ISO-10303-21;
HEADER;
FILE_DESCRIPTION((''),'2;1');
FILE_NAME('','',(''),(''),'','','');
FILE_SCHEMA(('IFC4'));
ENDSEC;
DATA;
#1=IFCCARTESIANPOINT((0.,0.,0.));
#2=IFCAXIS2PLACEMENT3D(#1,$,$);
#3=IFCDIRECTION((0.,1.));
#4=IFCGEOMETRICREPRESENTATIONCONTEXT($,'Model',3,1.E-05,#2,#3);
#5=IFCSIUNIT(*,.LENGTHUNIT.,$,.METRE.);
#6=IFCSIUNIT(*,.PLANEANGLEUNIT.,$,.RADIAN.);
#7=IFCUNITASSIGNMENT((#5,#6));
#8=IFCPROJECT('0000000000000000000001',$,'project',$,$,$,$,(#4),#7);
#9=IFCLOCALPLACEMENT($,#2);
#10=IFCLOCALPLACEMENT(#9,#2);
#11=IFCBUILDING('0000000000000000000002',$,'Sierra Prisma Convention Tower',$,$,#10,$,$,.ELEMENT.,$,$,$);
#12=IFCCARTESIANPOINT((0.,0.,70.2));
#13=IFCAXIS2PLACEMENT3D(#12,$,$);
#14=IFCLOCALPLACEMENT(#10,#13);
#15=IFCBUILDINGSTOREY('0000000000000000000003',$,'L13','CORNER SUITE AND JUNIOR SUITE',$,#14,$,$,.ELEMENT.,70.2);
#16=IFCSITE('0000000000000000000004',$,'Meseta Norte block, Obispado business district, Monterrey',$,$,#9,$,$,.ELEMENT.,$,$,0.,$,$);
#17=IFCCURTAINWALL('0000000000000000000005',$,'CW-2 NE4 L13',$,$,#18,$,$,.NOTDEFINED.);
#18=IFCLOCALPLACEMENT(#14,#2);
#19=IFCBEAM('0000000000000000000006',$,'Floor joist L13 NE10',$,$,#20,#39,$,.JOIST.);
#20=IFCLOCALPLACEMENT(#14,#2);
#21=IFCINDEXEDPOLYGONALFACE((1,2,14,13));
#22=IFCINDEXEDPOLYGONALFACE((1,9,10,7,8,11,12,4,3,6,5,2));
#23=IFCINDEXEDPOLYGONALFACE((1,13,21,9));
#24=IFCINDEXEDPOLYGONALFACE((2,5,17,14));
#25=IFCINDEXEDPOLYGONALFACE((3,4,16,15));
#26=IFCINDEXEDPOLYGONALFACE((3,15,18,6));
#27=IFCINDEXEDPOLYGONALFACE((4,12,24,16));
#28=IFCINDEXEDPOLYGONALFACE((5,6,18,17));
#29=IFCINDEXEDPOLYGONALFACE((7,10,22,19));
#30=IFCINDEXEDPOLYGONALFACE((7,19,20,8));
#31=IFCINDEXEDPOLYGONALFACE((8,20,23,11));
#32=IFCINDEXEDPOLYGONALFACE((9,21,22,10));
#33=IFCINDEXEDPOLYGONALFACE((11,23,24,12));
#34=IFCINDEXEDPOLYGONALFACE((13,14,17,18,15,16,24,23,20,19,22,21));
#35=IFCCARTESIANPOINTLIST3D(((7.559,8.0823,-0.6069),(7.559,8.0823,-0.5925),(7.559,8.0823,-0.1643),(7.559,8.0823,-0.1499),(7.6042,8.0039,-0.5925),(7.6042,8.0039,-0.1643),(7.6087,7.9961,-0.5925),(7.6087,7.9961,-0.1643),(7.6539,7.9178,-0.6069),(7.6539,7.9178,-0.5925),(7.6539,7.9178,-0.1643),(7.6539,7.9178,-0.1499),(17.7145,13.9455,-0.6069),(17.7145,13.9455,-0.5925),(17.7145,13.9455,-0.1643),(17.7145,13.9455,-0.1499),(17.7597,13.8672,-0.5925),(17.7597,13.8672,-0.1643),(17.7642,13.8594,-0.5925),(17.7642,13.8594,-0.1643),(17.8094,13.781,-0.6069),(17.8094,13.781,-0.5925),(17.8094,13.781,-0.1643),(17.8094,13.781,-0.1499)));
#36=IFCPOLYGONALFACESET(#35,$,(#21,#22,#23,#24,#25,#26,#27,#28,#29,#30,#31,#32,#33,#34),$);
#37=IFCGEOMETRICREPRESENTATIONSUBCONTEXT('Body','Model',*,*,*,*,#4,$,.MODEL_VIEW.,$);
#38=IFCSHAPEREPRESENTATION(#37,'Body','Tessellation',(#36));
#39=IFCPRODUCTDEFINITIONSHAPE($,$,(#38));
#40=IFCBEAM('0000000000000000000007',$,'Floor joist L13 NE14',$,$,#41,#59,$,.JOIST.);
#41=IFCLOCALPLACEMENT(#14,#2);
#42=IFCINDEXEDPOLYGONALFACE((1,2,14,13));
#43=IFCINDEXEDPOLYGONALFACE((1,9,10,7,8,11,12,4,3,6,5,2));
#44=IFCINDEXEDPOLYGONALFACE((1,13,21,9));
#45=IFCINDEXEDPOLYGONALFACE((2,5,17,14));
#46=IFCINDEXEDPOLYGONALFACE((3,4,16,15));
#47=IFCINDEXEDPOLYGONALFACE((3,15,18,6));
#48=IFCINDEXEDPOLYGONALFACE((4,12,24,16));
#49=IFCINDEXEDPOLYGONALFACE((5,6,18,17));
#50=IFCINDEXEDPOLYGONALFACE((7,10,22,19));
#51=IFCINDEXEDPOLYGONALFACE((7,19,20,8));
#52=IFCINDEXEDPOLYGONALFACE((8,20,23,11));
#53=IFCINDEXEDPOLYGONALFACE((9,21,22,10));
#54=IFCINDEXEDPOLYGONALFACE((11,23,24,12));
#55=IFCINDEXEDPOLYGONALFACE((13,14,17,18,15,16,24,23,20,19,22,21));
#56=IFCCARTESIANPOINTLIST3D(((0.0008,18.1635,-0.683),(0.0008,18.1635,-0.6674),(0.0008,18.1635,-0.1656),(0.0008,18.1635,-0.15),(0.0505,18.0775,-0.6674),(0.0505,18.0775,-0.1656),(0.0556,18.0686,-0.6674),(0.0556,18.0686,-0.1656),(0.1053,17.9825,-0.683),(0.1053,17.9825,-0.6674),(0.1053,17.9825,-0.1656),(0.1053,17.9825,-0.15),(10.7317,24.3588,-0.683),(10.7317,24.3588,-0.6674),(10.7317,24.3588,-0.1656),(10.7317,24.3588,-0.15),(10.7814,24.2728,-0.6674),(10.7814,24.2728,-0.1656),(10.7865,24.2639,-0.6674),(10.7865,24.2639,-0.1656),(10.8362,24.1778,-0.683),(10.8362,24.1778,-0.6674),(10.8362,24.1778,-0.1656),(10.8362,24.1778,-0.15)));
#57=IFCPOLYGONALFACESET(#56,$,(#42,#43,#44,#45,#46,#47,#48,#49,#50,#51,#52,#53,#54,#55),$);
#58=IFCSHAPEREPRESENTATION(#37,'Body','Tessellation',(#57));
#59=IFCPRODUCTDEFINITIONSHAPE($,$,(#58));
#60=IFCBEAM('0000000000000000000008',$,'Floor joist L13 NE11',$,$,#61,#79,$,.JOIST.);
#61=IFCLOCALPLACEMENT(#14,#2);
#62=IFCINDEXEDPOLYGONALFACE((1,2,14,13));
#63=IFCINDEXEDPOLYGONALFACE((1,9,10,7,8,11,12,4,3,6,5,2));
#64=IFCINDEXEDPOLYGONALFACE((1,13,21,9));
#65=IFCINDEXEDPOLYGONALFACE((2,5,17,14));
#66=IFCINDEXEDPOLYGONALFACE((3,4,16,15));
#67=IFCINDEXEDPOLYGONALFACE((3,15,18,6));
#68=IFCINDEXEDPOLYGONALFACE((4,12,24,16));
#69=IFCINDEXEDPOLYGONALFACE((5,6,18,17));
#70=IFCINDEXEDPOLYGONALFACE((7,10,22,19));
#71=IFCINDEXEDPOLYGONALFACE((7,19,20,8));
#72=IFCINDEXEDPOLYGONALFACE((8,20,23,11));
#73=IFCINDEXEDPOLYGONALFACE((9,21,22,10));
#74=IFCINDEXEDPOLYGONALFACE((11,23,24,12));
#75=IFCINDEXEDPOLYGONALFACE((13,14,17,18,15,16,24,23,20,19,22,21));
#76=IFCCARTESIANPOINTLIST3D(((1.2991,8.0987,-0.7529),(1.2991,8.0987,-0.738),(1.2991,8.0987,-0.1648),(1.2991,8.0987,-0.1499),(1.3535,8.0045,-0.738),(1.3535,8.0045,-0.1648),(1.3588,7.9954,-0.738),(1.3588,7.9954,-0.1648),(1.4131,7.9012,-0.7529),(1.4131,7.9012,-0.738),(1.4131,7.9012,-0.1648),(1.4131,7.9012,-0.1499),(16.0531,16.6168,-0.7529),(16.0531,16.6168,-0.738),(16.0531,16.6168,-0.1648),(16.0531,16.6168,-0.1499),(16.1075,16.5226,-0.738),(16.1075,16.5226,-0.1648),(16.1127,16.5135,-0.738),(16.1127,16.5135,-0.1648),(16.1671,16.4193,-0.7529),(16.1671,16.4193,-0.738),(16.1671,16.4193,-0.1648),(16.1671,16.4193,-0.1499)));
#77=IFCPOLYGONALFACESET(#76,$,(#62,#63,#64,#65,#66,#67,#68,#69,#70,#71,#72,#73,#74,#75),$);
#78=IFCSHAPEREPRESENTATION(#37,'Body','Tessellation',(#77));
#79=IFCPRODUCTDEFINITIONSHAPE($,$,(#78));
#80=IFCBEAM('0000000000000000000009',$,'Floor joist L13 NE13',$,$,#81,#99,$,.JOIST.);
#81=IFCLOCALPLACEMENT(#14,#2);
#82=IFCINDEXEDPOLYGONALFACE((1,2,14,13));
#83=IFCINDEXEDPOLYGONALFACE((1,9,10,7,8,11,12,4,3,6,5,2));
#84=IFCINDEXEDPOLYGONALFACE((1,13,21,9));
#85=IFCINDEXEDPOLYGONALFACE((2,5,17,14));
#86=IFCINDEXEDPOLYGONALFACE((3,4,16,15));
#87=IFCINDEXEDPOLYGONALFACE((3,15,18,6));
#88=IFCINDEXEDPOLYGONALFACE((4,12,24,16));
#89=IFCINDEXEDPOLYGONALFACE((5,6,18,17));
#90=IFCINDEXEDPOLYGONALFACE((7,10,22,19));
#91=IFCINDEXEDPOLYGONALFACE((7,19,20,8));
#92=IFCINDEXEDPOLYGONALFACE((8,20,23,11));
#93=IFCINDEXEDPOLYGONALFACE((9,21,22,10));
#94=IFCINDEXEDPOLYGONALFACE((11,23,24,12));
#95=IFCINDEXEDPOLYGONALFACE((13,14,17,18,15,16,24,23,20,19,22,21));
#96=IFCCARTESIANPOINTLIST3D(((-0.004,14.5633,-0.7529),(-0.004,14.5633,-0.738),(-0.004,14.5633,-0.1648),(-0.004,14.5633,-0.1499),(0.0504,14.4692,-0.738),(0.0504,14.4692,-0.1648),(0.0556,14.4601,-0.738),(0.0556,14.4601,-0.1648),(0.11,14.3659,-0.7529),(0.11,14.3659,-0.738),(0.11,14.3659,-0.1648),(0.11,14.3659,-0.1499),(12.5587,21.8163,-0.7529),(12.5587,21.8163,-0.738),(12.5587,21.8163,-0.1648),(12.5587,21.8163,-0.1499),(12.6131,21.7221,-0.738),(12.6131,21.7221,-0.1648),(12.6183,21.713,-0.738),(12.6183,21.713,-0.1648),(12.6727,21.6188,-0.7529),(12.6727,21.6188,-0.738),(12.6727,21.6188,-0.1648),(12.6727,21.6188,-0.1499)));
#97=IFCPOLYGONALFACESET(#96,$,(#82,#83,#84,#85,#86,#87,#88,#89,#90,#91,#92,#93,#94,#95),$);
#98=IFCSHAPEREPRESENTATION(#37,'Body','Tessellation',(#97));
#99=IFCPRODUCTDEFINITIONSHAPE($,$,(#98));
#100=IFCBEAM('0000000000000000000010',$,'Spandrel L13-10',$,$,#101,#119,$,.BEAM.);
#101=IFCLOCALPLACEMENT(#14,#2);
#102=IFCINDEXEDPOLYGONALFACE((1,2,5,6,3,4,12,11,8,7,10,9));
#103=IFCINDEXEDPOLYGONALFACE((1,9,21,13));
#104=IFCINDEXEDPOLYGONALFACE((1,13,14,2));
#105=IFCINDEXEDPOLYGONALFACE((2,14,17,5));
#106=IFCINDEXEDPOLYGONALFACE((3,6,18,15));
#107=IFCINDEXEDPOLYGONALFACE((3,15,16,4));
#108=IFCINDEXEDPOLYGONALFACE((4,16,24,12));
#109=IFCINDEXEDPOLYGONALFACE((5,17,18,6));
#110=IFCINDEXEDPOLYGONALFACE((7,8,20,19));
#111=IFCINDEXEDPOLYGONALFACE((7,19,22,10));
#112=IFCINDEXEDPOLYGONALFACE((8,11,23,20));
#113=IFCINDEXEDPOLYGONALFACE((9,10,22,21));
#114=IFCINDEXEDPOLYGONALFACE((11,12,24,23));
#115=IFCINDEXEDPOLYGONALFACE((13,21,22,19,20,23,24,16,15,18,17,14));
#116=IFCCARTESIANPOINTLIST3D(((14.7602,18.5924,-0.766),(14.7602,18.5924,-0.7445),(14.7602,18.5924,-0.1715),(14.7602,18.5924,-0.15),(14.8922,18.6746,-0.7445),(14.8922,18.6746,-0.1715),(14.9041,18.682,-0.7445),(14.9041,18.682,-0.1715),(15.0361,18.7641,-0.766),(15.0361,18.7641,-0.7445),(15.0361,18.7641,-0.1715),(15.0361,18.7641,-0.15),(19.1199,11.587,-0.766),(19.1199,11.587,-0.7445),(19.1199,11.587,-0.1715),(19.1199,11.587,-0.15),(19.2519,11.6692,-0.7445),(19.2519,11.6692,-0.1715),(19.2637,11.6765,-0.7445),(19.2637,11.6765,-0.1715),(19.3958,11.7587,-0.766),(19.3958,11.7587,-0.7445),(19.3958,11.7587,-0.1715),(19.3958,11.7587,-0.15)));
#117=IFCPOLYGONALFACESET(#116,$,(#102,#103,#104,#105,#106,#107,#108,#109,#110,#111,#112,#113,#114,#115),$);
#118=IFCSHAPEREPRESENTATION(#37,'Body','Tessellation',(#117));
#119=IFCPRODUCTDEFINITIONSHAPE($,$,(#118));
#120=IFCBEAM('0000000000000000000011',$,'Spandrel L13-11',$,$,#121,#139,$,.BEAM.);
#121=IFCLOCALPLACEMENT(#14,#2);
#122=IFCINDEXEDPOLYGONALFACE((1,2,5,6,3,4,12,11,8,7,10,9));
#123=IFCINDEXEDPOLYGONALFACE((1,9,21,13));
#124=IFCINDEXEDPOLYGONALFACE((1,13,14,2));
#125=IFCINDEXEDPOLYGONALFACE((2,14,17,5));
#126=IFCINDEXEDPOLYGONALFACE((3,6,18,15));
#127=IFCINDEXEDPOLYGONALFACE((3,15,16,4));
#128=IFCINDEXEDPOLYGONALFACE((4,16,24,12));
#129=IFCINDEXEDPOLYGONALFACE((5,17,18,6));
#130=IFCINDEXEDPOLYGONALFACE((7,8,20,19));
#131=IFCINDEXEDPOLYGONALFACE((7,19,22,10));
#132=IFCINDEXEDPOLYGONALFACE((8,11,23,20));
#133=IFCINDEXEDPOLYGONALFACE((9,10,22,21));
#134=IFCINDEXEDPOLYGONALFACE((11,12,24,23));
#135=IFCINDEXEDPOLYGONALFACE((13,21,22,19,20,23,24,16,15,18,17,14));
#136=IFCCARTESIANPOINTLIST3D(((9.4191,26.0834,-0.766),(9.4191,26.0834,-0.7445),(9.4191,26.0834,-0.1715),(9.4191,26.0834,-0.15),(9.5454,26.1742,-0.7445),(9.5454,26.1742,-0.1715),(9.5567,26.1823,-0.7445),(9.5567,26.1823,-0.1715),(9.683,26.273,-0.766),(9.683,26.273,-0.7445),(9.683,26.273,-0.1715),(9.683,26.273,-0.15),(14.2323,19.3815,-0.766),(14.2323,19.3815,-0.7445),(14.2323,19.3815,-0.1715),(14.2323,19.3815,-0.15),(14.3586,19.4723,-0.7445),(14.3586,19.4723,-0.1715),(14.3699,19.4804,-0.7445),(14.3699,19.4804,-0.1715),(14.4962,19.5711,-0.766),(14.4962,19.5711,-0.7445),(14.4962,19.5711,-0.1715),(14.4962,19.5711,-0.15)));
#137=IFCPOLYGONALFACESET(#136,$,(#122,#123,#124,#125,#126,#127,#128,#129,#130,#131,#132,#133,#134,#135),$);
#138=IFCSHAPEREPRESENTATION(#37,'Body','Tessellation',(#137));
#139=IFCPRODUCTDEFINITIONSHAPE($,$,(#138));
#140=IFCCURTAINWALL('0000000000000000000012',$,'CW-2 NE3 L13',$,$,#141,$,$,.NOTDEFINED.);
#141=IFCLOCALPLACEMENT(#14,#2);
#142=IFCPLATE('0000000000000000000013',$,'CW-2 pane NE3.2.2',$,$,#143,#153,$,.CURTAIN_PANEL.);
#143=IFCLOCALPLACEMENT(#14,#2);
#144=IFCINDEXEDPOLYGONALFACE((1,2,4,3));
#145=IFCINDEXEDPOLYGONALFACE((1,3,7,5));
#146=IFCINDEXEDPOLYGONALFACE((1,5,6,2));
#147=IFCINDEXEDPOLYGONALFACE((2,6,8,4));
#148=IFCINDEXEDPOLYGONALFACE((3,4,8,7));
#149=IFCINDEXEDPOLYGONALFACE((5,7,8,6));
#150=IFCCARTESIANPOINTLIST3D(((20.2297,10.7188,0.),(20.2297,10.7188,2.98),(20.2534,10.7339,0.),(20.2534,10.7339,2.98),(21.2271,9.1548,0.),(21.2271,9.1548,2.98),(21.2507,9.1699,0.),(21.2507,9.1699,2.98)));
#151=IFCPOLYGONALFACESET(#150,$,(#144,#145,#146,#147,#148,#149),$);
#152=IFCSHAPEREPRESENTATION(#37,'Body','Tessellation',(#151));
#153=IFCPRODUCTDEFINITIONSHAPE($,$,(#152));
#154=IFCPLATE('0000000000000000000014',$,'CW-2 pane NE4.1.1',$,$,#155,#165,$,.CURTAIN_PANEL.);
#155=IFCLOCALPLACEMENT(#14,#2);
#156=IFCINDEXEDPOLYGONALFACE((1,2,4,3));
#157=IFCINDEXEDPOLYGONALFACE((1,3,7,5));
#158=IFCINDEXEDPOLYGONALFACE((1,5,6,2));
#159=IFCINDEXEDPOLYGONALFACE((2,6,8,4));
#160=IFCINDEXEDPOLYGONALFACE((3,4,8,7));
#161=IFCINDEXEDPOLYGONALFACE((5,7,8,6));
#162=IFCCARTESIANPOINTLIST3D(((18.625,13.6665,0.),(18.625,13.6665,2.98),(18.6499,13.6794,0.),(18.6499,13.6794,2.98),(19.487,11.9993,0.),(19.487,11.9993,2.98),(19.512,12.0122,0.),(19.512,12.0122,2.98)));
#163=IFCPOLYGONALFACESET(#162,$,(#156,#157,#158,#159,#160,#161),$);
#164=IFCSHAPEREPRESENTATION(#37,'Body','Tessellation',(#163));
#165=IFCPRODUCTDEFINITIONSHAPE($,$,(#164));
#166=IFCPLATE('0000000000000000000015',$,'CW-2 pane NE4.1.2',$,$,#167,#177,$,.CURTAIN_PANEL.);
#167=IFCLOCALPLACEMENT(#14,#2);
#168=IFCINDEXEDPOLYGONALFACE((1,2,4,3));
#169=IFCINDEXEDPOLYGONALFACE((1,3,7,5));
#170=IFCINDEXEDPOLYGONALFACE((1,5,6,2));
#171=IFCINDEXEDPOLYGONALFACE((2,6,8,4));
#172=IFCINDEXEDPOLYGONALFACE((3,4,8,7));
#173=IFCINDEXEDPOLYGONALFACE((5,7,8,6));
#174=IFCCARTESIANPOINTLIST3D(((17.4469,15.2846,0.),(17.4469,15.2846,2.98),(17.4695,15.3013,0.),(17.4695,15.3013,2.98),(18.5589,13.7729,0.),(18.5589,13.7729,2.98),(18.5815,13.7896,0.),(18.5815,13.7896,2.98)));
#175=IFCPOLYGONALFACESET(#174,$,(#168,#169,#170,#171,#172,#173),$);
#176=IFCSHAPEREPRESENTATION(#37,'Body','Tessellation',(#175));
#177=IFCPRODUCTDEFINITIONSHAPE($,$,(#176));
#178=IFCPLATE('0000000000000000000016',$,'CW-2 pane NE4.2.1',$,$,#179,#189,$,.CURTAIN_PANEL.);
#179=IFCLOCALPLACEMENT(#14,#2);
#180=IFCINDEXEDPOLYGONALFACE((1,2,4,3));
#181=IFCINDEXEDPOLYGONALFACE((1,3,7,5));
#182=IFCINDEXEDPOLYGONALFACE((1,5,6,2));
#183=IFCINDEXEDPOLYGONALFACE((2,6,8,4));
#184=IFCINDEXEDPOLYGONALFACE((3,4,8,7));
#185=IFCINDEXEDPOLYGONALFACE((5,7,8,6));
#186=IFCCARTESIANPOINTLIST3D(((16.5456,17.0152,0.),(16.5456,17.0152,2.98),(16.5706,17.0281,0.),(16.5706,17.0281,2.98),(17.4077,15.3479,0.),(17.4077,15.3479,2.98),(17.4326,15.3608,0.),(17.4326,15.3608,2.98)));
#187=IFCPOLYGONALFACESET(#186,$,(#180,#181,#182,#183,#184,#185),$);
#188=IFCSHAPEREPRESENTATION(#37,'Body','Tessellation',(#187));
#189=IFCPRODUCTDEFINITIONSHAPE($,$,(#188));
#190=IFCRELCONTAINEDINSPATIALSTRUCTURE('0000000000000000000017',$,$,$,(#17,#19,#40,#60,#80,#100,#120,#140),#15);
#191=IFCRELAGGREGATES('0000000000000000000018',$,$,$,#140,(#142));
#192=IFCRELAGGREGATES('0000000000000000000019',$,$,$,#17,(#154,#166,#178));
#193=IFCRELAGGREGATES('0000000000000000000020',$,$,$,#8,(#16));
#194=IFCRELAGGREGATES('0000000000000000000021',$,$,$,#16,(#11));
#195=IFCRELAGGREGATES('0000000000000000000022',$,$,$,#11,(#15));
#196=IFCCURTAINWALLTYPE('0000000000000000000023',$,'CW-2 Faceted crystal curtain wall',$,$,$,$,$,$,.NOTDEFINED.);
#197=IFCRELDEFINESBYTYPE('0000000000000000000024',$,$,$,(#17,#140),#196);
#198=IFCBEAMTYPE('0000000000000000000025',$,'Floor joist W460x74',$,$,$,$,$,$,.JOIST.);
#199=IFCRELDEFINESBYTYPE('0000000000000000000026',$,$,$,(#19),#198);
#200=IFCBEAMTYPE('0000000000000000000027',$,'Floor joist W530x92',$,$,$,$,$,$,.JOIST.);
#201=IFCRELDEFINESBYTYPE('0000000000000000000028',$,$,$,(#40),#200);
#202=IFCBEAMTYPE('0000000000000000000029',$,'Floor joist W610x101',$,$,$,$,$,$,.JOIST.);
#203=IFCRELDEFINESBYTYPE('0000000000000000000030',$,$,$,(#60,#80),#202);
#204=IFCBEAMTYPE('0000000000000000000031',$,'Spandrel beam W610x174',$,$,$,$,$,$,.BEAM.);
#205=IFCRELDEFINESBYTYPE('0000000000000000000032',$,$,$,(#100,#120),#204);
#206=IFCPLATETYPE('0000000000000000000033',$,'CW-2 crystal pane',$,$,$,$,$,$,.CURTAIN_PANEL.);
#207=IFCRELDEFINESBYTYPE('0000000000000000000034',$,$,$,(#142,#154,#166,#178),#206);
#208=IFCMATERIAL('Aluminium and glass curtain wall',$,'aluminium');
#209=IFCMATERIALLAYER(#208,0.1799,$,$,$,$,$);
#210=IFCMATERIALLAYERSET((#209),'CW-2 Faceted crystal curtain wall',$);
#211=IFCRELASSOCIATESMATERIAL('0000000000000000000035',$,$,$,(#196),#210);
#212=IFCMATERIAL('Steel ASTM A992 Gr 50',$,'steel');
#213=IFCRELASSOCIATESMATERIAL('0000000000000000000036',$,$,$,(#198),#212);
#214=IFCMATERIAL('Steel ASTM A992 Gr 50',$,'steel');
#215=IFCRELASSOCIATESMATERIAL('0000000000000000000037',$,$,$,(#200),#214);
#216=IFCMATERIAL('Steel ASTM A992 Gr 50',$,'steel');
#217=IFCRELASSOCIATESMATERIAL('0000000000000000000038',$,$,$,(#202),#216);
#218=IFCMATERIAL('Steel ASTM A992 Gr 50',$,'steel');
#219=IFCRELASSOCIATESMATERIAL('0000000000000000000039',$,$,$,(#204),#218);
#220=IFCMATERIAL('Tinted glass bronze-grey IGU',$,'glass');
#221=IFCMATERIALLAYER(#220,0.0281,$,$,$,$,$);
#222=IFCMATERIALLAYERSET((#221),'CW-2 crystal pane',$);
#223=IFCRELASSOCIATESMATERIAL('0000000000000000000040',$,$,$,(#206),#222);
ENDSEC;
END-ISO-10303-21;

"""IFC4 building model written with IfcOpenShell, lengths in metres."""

from ifc_helpers import new_model, si_unit, direction, frame, origin, origin_2d, place, context, subcontext, project, spatial, polyline, i_section, outline, extrude, material, layer, layer_set, material_profile, profile_set, type_object, element, aggregate, save


model = new_model("IFC4")

# Units and contexts
model_context = context("Model", 3, precision=1e-05, world=origin(), true_north=direction((0.0, 1.0)))
body_context = subcontext(model_context, "Body", "Model", "MODEL_VIEW")
ifc_project = project(units=[si_unit("LENGTHUNIT", "METRE"), si_unit("PLANEANGLEUNIT", "RADIAN")], contexts=[model_context])

# Site, building, storey
site_placement = place(None, origin())
site = spatial("IfcSite", under=ifc_project, at=site_placement, Name="Meseta Norte block, Obispado business district, Monterrey", CompositionType="ELEMENT", RefElevation=0.0)
building_placement = place(site_placement, origin())
building = spatial("IfcBuilding", under=site, at=building_placement, Name="Sierra Prisma Convention Tower", CompositionType="ELEMENT")
storey_placement = place(building_placement, frame((0.0, 0.0, 70.2)))
storey = spatial("IfcBuildingStorey", under=building, at=storey_placement, Name="L13", Description="CORNER SUITE AND JUNIOR SUITE", CompositionType="ELEMENT", Elevation=70.2)

# Curtain wall
ifc_material_1 = material(Name="Aluminium and glass curtain wall", Category="aluminium")
ifc_layer_1 = layer(ifc_material_1, 0.1799)
ifc_layer_set_1 = layer_set([ifc_layer_1], Name="CW-2 Faceted crystal curtain wall")
curtain_wall_type = type_object("IfcCurtainWallType", Name="CW-2 Faceted crystal curtain wall", PredefinedType="NOTDEFINED", material=ifc_layer_set_1)
curtain_wall_1_placement = place(storey_placement, origin())
curtain_wall_1 = element("IfcCurtainWall", 1, at=curtain_wall_1_placement, inside=storey, type_object=curtain_wall_type, Name="CW-2 NE4 L13", PredefinedType="NOTDEFINED")

# Beams
ifc_material_2 = material(Name="Steel ASTM A992 Gr 50", Category="steel")
ifc_material_profile_1 = material_profile(ifc_material_2, i_section(OverallWidth=0.1899, OverallDepth=0.457, WebThickness=0.009, FlangeThickness=0.0144, at=origin_2d()), Name="W460x74")
ifc_profile_set_1 = profile_set([ifc_material_profile_1], Name="Steel ASTM A992 Gr 50")
beam_type_1 = type_object("IfcBeamType", Name="Floor joist W460x74", PredefinedType="JOIST", material=ifc_profile_set_1)
beam_1_placement = place(storey_placement, frame((17.762, 13.8633, -0.3784), z_axis=(-0.866026, -0.499999, 0.0), x_axis=(0.499999, -0.866026, 0.0)))
element("IfcBeam", 2, at=beam_1_placement, inside=storey, type_object=beam_type_1, Name="Floor joist L13 NE10", PredefinedType="JOIST", context=body_context, shape_type="SweptSolid", body=[
    extrude(i_section(OverallWidth=0.1899, OverallDepth=0.457, WebThickness=0.009, FlangeThickness=0.0144, at=origin_2d()), origin(), (0.0, 0.0, 1.0), 11.7266),
])
ifc_material_3 = material(Name="Steel ASTM A992 Gr 50", Category="steel")
ifc_material_profile_2 = material_profile(ifc_material_3, i_section(OverallWidth=0.209, OverallDepth=0.533, WebThickness=0.0103, FlangeThickness=0.0156, at=origin_2d()), Name="W530x92")
ifc_profile_set_2 = profile_set([ifc_material_profile_2], Name="Steel ASTM A992 Gr 50")
beam_type_2 = type_object("IfcBeamType", Name="Floor joist W530x92", PredefinedType="JOIST", material=ifc_profile_set_2)
beam_2_placement = place(storey_placement, frame((10.7839, 24.2683, -0.4165), z_axis=(-0.866033, -0.499987, 0.0), x_axis=(0.499987, -0.866033, 0.0)))
element("IfcBeam", 3, at=beam_2_placement, inside=storey, type_object=beam_type_2, Name="Floor joist L13 NE14", PredefinedType="JOIST", context=body_context, shape_type="SweptSolid", body=[
    extrude(i_section(OverallWidth=0.209, OverallDepth=0.533, WebThickness=0.0103, FlangeThickness=0.0156, at=origin_2d()), origin(), (0.0, 0.0, 1.0), 12.3909),
])
ifc_material_4 = material(Name="Steel ASTM A992 Gr 50", Category="steel")
ifc_material_profile_3 = material_profile(ifc_material_4, i_section(OverallWidth=0.228, OverallDepth=0.603, WebThickness=0.0105, FlangeThickness=0.0149, at=origin_2d()), Name="W610x101")
ifc_profile_set_3 = profile_set([ifc_material_profile_3], Name="Steel ASTM A992 Gr 50")
beam_type_3 = type_object("IfcBeamType", Name="Floor joist W610x101", PredefinedType="JOIST", material=ifc_profile_set_3)
beam_3_placement = place(storey_placement, frame((16.1101, 16.5181, -0.4514), z_axis=(-0.866028, -0.499995, 0.0), x_axis=(0.499995, -0.866028, 0.0)))
element("IfcBeam", 4, at=beam_3_placement, inside=storey, type_object=beam_type_3, Name="Floor joist L13 NE11", PredefinedType="JOIST", context=body_context, shape_type="SweptSolid", body=[
    extrude(i_section(OverallWidth=0.228, OverallDepth=0.603, WebThickness=0.0105, FlangeThickness=0.0149, at=origin_2d()), origin(), (0.0, 0.0, 1.0), 17.0364),
])
beam_4_placement = place(storey_placement, frame((12.6157, 21.7175, -0.4514), z_axis=(-0.866031, -0.499991, 0.0), x_axis=(0.499991, -0.866031, 0.0)))
element("IfcBeam", 5, at=beam_4_placement, inside=storey, type_object=beam_type_3, Name="Floor joist L13 NE13", PredefinedType="JOIST", context=body_context, shape_type="SweptSolid", body=[
    extrude(i_section(OverallWidth=0.228, OverallDepth=0.603, WebThickness=0.0105, FlangeThickness=0.0149, at=origin_2d()), origin(), (0.0, 0.0, 1.0), 14.5061),
])
ifc_material_5 = material(Name="Steel ASTM A992 Gr 50", Category="steel")
ifc_material_profile_4 = material_profile(ifc_material_5, i_section(OverallWidth=0.325, OverallDepth=0.616, WebThickness=0.0139, FlangeThickness=0.0215, at=origin_2d()), Name="W610x174")
ifc_profile_set_4 = profile_set([ifc_material_profile_4], Name="Steel ASTM A992 Gr 50")
beam_type_4 = type_object("IfcBeamType", Name="Spandrel beam W610x174", PredefinedType="BEAM", material=ifc_profile_set_4)
for number, where, z_axis, x_axis, name in (
    (6, (19.2578, 11.6729, -0.458), (-0.528365, 0.849017, 0.0), (-0.849017, -0.528365, 0.0), "Spandrel L13-10"),
    (7, (14.3643, 19.4763, -0.458), (-0.583335, 0.812231, 0.0), (-0.812231, -0.583335, 0.0), "Spandrel L13-11"),
):
    element("IfcBeam", number, at=place(storey_placement, frame(where, z_axis=z_axis, x_axis=x_axis)), inside=storey, type_object=beam_type_4, Name=name, PredefinedType="BEAM", context=body_context, shape_type="SweptSolid", body=[
        extrude(i_section(OverallWidth=0.325, OverallDepth=0.616, WebThickness=0.0139, FlangeThickness=0.0215, at=origin_2d()), origin(), (0.0, 0.0, 1.0), 8.2512),
    ])

# Curtain wall, plate
curtain_wall_2_placement = place(storey_placement, origin())
curtain_wall_2 = element("IfcCurtainWall", 8, at=curtain_wall_2_placement, inside=storey, type_object=curtain_wall_type, Name="CW-2 NE3 L13", PredefinedType="NOTDEFINED")
ifc_material_6 = material(Name="Tinted glass bronze-grey IGU", Category="glass")
ifc_layer_2 = layer(ifc_material_6, 0.0281)
ifc_layer_set_2 = layer_set([ifc_layer_2], Name="CW-2 crystal pane")
plate_type = type_object("IfcPlateType", Name="CW-2 crystal pane", PredefinedType="CURTAIN_PANEL", material=ifc_layer_set_2)
plate_1_placement = place(storey_placement, frame((20.2534, 10.7339, 0.0), z_axis=(0.843157, 0.537667, 0.0), x_axis=(0.537667, -0.843157, 0.0)))
plate_1 = element("IfcPlate", 9, at=plate_1_placement, type_object=plate_type, Name="CW-2 pane NE3.2.2", PredefinedType="CURTAIN_PANEL", context=body_context, shape_type="SweptSolid", body=[
    extrude(outline(polyline([(0.0, 0.0), (1.8549, 0.0), (1.8549, -2.98), (0.0, -2.98), (0.0, 0.0)])), origin(), (0.0, 0.0, -1.0), 0.0281),
])
aggregate(curtain_wall_2, [plate_1])

# Plates
plate_2_placement = place(storey_placement, frame((19.512, 12.0122, 0.0), z_axis=(0.888284, 0.459296, 0.0), x_axis=(-0.459296, 0.888284, 0.0)))
plate_2 = element("IfcPlate", 10, at=plate_2_placement, type_object=plate_type, Name="CW-2 pane NE4.1.1", PredefinedType="CURTAIN_PANEL", context=body_context, shape_type="SweptSolid", body=[
    extrude(outline(polyline([(0.0, 0.0), (1.8769, 0.0), (1.8769, 2.98), (0.0, 2.98), (0.0, 0.0)])), origin(), (0.0, 0.0, -1.0), 0.0281),
])
plate_3_placement = place(storey_placement, frame((17.4695, 15.3013, 0.0), z_axis=(0.805523, 0.592564, 0.0), x_axis=(0.592564, -0.805523, 0.0)))
plate_3 = element("IfcPlate", 11, at=plate_3_placement, type_object=plate_type, Name="CW-2 pane NE4.1.2", PredefinedType="CURTAIN_PANEL", context=body_context, shape_type="SweptSolid", body=[
    extrude(outline(polyline([(0.0, 0.0), (1.8767, 0.0), (1.8767, -2.98), (0.0, -2.98), (0.0, 0.0)])), origin(), (0.0, 0.0, -1.0), 0.0281),
])
plate_4_placement = place(storey_placement, frame((17.4326, 15.3608, 0.0), z_axis=(0.888284, 0.459296, 0.0), x_axis=(-0.459296, 0.888284, 0.0)))
plate_4 = element("IfcPlate", 12, at=plate_4_placement, type_object=plate_type, Name="CW-2 pane NE4.2.1", PredefinedType="CURTAIN_PANEL", context=body_context, shape_type="SweptSolid", body=[
    extrude(outline(polyline([(0.0, 0.0), (1.8769, 0.0), (1.8769, 2.98), (0.0, 2.98), (0.0, 0.0)])), origin(), (0.0, 0.0, -1.0), 0.0281),
])
aggregate(curtain_wall_1, [plate_2, plate_3, plate_4])

save(model, "model.ifc")
